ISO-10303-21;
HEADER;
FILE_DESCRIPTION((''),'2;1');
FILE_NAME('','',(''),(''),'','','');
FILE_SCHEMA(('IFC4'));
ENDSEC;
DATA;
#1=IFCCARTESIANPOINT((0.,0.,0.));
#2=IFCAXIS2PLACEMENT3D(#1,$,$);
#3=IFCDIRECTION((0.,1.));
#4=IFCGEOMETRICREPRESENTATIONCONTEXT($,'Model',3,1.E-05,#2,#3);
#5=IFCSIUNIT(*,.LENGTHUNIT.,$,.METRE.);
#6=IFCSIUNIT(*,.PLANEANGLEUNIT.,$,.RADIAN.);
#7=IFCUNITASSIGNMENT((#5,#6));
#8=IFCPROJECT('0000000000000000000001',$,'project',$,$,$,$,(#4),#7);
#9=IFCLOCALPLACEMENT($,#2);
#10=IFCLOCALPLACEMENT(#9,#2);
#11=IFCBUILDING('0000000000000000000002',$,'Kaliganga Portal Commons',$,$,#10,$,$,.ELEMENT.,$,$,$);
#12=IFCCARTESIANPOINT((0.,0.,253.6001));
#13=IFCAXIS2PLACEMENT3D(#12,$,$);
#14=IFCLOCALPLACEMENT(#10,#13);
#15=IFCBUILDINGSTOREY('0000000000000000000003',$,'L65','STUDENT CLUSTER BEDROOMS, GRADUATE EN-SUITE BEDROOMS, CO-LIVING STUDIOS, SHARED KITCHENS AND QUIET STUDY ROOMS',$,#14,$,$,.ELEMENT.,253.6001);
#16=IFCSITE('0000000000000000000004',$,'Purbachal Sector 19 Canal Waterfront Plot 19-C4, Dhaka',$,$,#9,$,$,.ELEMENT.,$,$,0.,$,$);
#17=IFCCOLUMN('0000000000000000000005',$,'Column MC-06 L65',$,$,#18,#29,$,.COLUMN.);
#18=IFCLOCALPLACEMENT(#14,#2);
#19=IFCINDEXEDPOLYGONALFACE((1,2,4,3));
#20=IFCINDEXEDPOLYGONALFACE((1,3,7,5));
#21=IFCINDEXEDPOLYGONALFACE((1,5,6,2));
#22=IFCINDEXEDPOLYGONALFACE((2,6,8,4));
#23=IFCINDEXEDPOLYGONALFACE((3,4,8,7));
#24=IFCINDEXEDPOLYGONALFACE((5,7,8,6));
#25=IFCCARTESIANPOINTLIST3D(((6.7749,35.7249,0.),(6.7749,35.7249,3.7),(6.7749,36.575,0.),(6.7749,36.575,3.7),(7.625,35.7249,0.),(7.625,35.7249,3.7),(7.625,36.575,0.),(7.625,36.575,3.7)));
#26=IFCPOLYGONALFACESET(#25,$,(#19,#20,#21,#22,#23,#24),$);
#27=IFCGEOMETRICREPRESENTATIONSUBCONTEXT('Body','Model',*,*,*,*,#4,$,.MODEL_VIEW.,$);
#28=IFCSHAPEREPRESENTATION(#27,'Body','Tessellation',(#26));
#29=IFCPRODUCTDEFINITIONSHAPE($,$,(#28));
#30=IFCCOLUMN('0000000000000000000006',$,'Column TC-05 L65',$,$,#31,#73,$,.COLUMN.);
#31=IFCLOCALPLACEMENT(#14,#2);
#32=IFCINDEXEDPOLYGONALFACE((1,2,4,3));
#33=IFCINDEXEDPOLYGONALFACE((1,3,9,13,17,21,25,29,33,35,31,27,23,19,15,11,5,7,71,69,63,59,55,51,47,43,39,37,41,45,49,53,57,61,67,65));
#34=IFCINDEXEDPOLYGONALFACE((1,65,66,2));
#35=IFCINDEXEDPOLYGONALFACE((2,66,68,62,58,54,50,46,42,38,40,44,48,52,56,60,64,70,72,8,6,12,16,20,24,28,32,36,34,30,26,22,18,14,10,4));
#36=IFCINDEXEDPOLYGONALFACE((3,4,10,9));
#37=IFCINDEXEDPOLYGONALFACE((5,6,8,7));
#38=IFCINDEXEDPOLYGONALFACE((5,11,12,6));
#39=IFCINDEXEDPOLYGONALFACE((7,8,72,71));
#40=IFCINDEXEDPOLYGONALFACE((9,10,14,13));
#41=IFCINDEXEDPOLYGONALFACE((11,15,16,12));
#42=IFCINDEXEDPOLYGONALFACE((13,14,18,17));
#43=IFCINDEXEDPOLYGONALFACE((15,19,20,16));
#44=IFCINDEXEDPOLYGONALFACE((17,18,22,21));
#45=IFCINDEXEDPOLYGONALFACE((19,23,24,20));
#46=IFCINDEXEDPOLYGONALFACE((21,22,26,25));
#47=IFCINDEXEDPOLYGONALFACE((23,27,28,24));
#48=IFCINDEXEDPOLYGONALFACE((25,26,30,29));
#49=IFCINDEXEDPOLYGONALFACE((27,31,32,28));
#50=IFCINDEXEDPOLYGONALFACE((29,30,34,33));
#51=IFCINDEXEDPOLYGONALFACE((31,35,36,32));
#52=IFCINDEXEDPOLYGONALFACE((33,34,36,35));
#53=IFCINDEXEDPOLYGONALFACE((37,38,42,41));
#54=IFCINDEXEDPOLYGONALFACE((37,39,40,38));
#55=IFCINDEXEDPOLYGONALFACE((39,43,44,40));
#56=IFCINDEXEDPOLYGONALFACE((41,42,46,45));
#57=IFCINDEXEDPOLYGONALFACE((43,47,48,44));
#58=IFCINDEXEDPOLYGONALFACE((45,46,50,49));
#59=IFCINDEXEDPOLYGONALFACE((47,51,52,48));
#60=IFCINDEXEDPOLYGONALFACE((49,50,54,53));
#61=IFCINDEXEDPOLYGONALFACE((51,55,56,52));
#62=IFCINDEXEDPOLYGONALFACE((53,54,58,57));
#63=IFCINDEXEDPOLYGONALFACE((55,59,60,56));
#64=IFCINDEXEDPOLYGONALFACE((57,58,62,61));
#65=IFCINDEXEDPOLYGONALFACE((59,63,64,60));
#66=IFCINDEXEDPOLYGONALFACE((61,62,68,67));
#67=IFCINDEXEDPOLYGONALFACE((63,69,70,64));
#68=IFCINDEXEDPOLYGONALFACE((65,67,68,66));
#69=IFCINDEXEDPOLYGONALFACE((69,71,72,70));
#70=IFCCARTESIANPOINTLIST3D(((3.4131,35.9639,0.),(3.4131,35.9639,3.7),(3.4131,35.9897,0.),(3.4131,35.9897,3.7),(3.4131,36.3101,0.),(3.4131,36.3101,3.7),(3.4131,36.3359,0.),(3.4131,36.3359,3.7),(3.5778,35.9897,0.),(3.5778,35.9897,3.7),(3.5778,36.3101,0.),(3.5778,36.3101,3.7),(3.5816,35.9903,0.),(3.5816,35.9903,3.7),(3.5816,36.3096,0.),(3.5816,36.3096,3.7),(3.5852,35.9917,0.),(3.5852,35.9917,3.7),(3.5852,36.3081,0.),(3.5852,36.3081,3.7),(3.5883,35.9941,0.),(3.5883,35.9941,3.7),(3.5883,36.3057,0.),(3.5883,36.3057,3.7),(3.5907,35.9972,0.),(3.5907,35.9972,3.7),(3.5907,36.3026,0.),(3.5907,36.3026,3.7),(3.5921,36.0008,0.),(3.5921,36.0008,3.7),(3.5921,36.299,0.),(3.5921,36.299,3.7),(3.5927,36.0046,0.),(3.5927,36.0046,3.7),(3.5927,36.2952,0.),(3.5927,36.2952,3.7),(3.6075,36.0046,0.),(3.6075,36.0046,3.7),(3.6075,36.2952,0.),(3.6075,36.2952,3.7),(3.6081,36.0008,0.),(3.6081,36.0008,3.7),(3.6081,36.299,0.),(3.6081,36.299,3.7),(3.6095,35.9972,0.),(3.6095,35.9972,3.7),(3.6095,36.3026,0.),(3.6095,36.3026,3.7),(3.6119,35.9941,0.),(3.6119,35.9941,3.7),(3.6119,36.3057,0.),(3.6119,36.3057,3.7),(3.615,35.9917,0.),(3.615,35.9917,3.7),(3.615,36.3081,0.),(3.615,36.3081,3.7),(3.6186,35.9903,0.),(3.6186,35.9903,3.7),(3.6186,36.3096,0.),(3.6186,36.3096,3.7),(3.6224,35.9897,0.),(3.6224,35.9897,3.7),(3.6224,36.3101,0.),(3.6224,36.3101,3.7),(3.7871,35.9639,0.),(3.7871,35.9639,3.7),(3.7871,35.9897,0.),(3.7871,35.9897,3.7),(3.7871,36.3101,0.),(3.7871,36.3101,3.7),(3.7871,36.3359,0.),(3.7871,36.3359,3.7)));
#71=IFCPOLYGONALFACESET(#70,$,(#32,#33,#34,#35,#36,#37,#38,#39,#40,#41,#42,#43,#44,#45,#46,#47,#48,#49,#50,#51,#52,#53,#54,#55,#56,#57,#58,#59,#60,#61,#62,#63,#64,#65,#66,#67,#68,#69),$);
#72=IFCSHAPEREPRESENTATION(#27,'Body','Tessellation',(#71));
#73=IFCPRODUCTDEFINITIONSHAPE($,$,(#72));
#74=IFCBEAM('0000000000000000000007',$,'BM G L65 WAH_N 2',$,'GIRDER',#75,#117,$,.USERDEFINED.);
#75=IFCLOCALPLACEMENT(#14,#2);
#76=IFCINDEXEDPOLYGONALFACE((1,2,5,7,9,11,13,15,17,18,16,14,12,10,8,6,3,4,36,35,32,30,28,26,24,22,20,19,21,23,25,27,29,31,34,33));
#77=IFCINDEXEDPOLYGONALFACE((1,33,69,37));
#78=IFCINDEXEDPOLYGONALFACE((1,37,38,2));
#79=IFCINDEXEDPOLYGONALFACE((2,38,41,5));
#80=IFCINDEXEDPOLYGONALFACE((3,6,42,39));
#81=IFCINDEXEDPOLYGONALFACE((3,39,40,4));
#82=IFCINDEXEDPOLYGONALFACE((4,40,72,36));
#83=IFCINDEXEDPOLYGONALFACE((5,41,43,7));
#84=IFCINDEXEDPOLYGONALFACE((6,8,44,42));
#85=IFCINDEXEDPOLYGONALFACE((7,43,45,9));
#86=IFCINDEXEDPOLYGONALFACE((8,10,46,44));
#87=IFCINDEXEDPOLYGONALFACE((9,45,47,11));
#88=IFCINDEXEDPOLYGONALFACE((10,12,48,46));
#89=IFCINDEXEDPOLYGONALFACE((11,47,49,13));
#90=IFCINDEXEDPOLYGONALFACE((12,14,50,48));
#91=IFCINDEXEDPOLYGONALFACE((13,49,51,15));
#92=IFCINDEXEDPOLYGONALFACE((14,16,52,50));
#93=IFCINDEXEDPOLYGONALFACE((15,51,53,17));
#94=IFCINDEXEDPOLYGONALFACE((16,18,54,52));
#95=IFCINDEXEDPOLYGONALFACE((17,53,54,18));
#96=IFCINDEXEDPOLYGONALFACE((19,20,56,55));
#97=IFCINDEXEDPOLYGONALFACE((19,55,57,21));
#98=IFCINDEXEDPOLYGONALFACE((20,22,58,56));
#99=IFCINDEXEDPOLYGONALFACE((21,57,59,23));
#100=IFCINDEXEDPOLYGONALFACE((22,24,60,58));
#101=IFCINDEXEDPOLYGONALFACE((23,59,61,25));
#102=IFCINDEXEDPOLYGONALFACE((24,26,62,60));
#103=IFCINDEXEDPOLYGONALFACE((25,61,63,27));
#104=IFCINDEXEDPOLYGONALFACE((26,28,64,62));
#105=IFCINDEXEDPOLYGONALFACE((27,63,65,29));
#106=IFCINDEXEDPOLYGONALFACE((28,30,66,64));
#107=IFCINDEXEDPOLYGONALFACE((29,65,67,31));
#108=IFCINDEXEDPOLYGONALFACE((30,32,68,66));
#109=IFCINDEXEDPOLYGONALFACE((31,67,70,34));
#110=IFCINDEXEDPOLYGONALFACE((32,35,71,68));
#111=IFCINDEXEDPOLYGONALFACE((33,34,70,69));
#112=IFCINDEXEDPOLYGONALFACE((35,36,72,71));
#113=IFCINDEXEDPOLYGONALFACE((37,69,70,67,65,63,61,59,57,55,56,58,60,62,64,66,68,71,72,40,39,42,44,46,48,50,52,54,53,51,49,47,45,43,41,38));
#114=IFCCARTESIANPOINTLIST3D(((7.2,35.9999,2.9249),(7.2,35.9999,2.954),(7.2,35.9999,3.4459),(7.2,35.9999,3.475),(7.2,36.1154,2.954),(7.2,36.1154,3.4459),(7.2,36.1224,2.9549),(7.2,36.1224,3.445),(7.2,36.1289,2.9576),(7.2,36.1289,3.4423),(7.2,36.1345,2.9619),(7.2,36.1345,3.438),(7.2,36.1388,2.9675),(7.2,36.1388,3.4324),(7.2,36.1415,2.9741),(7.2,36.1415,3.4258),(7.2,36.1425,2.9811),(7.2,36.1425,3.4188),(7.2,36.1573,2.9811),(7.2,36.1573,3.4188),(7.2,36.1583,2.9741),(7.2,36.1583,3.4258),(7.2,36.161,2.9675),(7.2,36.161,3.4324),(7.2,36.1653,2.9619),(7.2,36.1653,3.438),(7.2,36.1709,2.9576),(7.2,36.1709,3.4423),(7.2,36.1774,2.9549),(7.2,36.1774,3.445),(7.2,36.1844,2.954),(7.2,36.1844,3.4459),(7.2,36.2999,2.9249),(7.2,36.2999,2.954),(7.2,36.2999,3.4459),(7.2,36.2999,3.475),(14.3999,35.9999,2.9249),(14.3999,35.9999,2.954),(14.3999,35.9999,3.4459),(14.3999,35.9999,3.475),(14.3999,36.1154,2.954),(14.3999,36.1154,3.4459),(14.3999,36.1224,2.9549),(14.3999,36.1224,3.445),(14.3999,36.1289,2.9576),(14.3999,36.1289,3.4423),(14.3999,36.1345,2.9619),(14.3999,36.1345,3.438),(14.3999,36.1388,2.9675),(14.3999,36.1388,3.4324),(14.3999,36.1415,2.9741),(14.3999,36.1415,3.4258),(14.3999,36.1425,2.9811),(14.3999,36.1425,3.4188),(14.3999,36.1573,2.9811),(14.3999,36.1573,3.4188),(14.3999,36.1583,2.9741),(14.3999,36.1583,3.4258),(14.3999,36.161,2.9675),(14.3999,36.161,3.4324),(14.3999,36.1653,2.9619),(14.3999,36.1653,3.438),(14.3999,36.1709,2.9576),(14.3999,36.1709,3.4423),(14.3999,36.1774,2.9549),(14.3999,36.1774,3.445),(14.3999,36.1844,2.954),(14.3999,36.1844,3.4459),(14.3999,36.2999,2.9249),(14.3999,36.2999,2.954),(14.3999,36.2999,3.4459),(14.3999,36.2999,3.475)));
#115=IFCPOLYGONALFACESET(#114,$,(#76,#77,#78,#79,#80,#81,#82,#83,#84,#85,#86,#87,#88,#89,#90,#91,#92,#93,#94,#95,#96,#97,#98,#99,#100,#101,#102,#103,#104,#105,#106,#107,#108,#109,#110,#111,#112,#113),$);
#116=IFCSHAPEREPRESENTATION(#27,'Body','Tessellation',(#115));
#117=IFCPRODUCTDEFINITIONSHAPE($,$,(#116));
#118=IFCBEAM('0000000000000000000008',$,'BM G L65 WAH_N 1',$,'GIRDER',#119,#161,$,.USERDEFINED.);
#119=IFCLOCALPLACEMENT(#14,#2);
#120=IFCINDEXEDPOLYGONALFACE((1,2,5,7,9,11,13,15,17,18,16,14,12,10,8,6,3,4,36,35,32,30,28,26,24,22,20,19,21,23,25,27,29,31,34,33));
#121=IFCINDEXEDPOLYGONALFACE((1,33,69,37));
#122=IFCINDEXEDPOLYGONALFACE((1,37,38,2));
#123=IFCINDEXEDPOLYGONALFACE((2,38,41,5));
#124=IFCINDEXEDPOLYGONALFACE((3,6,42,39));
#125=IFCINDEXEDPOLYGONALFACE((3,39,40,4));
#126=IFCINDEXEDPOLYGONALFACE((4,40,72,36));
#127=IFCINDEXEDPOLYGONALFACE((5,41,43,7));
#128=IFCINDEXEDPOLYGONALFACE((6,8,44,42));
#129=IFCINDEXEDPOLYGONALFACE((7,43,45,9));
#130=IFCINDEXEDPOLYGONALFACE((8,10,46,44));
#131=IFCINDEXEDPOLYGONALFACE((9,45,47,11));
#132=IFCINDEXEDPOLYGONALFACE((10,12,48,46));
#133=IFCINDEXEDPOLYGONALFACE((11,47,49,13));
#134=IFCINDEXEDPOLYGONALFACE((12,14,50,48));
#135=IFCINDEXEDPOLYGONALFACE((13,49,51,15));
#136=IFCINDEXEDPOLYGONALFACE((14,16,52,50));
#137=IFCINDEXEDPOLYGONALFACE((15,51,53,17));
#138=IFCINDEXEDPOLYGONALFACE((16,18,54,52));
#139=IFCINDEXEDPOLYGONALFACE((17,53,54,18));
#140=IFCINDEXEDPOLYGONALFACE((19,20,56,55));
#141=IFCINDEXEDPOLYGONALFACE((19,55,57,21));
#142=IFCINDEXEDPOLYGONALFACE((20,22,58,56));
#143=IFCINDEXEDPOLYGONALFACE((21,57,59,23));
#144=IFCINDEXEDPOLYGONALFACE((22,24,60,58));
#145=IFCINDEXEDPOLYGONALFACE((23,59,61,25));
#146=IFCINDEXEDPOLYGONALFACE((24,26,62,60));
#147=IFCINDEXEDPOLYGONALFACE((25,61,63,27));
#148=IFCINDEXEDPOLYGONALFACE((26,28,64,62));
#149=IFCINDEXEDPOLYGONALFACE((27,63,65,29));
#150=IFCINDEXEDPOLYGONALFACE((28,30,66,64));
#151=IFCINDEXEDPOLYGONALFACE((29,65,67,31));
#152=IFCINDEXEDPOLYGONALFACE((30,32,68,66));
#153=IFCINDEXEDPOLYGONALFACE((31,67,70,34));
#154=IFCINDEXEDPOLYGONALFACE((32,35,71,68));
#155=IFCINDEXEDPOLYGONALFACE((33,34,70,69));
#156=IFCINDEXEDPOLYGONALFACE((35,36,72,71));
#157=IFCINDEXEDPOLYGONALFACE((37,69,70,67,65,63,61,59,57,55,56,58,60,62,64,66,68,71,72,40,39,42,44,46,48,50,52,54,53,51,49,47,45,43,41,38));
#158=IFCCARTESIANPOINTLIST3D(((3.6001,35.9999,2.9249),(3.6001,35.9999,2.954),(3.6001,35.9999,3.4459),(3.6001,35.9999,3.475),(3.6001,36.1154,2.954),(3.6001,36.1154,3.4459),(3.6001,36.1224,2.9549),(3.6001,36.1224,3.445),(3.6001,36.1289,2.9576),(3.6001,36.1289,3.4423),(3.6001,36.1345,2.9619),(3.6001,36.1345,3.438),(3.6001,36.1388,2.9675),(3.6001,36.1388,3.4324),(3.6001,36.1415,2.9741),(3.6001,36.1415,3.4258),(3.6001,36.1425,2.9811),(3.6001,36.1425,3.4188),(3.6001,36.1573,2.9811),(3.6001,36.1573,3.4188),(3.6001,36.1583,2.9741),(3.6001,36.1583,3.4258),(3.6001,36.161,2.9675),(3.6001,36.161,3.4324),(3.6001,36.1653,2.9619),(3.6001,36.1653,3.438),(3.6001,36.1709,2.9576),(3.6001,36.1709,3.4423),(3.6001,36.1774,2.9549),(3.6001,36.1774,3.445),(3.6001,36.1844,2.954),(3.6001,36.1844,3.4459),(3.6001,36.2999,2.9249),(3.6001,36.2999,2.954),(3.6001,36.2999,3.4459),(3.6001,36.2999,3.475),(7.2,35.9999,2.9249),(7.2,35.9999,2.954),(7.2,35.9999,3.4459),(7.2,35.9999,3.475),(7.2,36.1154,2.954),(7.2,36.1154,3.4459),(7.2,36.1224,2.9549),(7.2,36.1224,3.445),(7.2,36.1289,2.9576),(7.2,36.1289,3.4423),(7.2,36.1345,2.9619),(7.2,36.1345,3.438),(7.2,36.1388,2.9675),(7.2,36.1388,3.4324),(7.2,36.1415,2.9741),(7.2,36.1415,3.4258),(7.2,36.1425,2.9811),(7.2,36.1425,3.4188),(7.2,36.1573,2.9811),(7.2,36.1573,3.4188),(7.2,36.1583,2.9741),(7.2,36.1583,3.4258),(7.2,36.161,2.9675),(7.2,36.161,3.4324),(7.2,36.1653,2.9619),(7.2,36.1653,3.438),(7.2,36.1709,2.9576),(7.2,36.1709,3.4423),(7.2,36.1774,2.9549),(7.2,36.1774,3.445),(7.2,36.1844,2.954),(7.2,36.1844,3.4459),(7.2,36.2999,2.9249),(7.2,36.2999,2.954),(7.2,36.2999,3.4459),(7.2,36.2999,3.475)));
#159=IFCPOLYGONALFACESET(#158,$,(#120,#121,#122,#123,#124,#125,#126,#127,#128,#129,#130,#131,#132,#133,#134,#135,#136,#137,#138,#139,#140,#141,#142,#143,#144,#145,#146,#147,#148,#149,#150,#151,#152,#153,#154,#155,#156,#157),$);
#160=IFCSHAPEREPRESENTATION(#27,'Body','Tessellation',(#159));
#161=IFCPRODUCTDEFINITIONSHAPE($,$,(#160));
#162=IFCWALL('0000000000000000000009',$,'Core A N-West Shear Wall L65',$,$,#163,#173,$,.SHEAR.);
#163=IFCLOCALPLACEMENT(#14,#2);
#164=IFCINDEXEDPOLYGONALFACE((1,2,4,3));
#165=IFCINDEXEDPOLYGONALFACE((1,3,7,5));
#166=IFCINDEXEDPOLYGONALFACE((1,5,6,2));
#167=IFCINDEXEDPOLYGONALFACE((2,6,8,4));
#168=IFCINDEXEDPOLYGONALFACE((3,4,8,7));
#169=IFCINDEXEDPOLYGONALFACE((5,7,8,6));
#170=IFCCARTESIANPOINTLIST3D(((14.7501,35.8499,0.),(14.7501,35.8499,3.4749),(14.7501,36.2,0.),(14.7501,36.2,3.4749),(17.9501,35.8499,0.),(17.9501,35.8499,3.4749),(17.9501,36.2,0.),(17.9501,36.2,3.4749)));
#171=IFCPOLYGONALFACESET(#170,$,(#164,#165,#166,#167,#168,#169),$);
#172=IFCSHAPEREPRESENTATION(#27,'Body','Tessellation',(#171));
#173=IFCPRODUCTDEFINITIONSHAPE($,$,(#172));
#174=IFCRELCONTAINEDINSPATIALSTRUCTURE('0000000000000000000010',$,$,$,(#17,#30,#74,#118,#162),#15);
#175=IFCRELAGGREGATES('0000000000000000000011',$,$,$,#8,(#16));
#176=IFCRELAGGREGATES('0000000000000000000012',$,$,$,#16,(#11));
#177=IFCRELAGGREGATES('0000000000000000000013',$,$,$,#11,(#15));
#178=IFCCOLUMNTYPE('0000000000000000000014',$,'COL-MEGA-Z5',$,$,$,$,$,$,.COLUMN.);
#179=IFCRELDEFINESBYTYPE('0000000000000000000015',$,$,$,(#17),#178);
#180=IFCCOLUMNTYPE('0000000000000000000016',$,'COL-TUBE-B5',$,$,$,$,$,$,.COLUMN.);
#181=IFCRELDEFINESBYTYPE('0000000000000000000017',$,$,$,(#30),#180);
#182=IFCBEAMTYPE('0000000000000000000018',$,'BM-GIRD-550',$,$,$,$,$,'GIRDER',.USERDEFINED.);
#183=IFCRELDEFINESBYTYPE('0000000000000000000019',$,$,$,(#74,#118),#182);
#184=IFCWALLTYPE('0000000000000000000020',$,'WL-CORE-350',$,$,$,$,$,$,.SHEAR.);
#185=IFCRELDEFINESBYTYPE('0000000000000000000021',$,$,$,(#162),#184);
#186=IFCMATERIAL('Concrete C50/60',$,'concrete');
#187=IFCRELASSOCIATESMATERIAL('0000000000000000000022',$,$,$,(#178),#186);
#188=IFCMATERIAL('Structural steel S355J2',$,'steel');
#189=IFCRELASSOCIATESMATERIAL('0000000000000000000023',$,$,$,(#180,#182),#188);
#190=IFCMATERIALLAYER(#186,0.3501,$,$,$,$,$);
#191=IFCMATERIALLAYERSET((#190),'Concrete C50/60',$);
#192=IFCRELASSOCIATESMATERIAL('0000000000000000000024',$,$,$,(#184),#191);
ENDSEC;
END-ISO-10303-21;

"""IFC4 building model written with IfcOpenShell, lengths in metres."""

from ifc_helpers import new_model, si_unit, direction, frame, frame_2d, origin, origin_2d, place, context, subcontext, project, spatial, rectangle, i_section, extrude, source, transform, mapped, material, layer, layer_set, material_profile, profile_set, type_object, element, save


model = new_model("IFC4")

# Units and contexts
model_context = context("Model", 3, precision=1e-05, world=origin(), true_north=direction((0.0, 1.0)))
body_context = subcontext(model_context, "Body", "Model", "MODEL_VIEW")
ifc_project = project(units=[si_unit("LENGTHUNIT", "METRE"), si_unit("PLANEANGLEUNIT", "RADIAN")], contexts=[model_context])

# Site, building, storey
site_placement = place(None, origin())
site = spatial("IfcSite", under=ifc_project, at=site_placement, Name="Purbachal Sector 19 Canal Waterfront Plot 19-C4, Dhaka", CompositionType="ELEMENT", RefElevation=0.0)
building_placement = place(site_placement, origin())
building = spatial("IfcBuilding", under=site, at=building_placement, Name="Kaliganga Portal Commons", CompositionType="ELEMENT")
storey_placement = place(building_placement, frame((0.0, 0.0, 253.6001)))
storey = spatial("IfcBuildingStorey", under=building, at=storey_placement, Name="L65", Description="STUDENT CLUSTER BEDROOMS, GRADUATE EN-SUITE BEDROOMS, CO-LIVING STUDIOS, SHARED KITCHENS AND QUIET STUDY ROOMS", CompositionType="ELEMENT", Elevation=253.6001)

# Columns
ifc_material_1 = material(Name="Concrete C50/60", Category="concrete")
ifc_material_profile_1 = material_profile(ifc_material_1, rectangle(XDim=0.8501, YDim=0.8501, at=origin_2d()), Name="RC 850x850")
ifc_profile_set_1 = profile_set([ifc_material_profile_1], Name="Concrete C50/60")
column_type_1 = type_object("IfcColumnType", Name="COL-MEGA-Z5", PredefinedType="COLUMN", material=ifc_profile_set_1)
shared_shape_1 = source(origin(), body_context, "Body", "SweptSolid", [
    extrude(rectangle(XDim=0.8501, YDim=0.8501, at=origin_2d()), origin(), (0.0, 0.0, 1.0), 3.7),
])
column_1_placement = place(storey_placement, frame((7.2, 36.1499, 0.0), z_axis=(0.0, 0.0, 1.0), x_axis=(1.0, 0.0, 0.0)))
element("IfcColumn", 1, at=column_1_placement, inside=storey, type_object=column_type_1, Name="Column MC-06 L65", PredefinedType="COLUMN", context=body_context, shape_type="MappedRepresentation", body=[
    mapped(shared_shape_1, transform((0.0, 0.0, 0.0), x_axis=(1.0, 0.0, 0.0), y_axis=(0.0, 1.0, 0.0), z_axis=(0.0, 0.0, 1.0), scale=1.0)),
])
ifc_material_2 = material(Name="Structural steel S355J2", Category="steel")
ifc_material_profile_2 = material_profile(ifc_material_2, i_section(OverallWidth=0.374, OverallDepth=0.3721, WebThickness=0.0149, FlangeThickness=0.0259, FilletRadius=0.0149, at=origin_2d()), Name="HD 360x196")
ifc_profile_set_2 = profile_set([ifc_material_profile_2], Name="Structural steel S355J2 wide-flange")
column_type_2 = type_object("IfcColumnType", Name="COL-TUBE-B5", PredefinedType="COLUMN", material=ifc_profile_set_2)
shared_shape_2 = source(origin(), body_context, "Body", "SweptSolid", [
    extrude(i_section(OverallWidth=0.374, OverallDepth=0.3721, WebThickness=0.0149, FlangeThickness=0.0259, FilletRadius=0.0149, at=origin_2d()), origin(), (0.0, 0.0, 1.0), 3.7),
])
column_2_placement = place(storey_placement, frame((3.6001, 36.1499, 0.0), z_axis=(0.0, 0.0, 1.0), x_axis=(1.0, 0.0, 0.0)))
element("IfcColumn", 2, at=column_2_placement, inside=storey, type_object=column_type_2, Name="Column TC-05 L65", PredefinedType="COLUMN", context=body_context, shape_type="MappedRepresentation", body=[
    mapped(shared_shape_2, transform((0.0, 0.0, 0.0), x_axis=(1.0, 0.0, 0.0), y_axis=(0.0, 1.0, 0.0), z_axis=(0.0, 0.0, 1.0), scale=1.0)),
])

# Beams
ifc_material_profile_3 = material_profile(ifc_material_2, i_section(OverallWidth=0.3, OverallDepth=0.55, WebThickness=0.0149, FlangeThickness=0.0291, FilletRadius=0.0271, at=origin_2d()), Name="HE 550 B")
ifc_profile_set_3 = profile_set([ifc_material_profile_3], Name="Structural steel S355J2 wide-flange")
beam_type = type_object("IfcBeamType", Name="BM-GIRD-550", ElementType="GIRDER", PredefinedType="USERDEFINED", material=ifc_profile_set_3)
shared_shape_3 = source(origin(), body_context, "Body", "SweptSolid", [
    extrude(i_section(OverallWidth=0.3, OverallDepth=0.55, WebThickness=0.0149, FlangeThickness=0.0291, FilletRadius=0.0271, at=origin_2d()), origin(), (0.0, 0.0, 1.0), 7.2),
])
beam_1_placement = place(storey_placement, frame((7.2, 36.1499, 3.2), z_axis=(1.0, 0.0, 0.0), x_axis=(0.0, 1.0, 0.0)))
element("IfcBeam", 3, at=beam_1_placement, inside=storey, type_object=beam_type, Name="BM G L65 WAH_N 2", ObjectType="GIRDER", PredefinedType="USERDEFINED", context=body_context, shape_type="MappedRepresentation", body=[
    mapped(shared_shape_3, transform((0.0, 0.0, 0.0), x_axis=(1.0, 0.0, 0.0), y_axis=(0.0, 1.0, 0.0), z_axis=(0.0, 0.0, 1.0), scale=1.0)),
])
shared_shape_4 = source(origin(), body_context, "Body", "SweptSolid", [
    extrude(i_section(OverallWidth=0.3, OverallDepth=0.55, WebThickness=0.0149, FlangeThickness=0.0291, FilletRadius=0.0271, at=origin_2d()), origin(), (0.0, 0.0, 1.0), 3.5999),
])
beam_2_placement = place(storey_placement, frame((3.6001, 36.1499, 3.2), z_axis=(1.0, 0.0, 0.0), x_axis=(0.0, 1.0, 0.0)))
element("IfcBeam", 4, at=beam_2_placement, inside=storey, type_object=beam_type, Name="BM G L65 WAH_N 1", ObjectType="GIRDER", PredefinedType="USERDEFINED", context=body_context, shape_type="MappedRepresentation", body=[
    mapped(shared_shape_4, transform((0.0, 0.0, 0.0), x_axis=(1.0, 0.0, 0.0), y_axis=(0.0, 1.0, 0.0), z_axis=(0.0, 0.0, 1.0), scale=1.0)),
])

# Wall
ifc_layer_1 = layer(ifc_material_1, 0.3501)
ifc_layer_set_1 = layer_set([ifc_layer_1], Name="Concrete C50/60")
wall_type_1 = type_object("IfcWallType", Name="WL-CORE-350", PredefinedType="SHEAR", material=ifc_layer_set_1)
wall_1_placement = place(storey_placement, frame((14.75, 36.0249, 0.0), z_axis=(0.0, 0.0, 1.0), x_axis=(1.0, 0.0, 0.0)))
element("IfcWall", 5, at=wall_1_placement, inside=storey, type_object=wall_type_1, Name="Core A N-West Shear Wall L65", PredefinedType="SHEAR", context=body_context, shape_type="SweptSolid", body=[
    extrude(rectangle(XDim=3.2, YDim=0.3501, at=frame_2d((1.6001, 0.0))), origin(), (0.0, 0.0, 1.0), 3.4749),
])

save(model, "model.ifc")
